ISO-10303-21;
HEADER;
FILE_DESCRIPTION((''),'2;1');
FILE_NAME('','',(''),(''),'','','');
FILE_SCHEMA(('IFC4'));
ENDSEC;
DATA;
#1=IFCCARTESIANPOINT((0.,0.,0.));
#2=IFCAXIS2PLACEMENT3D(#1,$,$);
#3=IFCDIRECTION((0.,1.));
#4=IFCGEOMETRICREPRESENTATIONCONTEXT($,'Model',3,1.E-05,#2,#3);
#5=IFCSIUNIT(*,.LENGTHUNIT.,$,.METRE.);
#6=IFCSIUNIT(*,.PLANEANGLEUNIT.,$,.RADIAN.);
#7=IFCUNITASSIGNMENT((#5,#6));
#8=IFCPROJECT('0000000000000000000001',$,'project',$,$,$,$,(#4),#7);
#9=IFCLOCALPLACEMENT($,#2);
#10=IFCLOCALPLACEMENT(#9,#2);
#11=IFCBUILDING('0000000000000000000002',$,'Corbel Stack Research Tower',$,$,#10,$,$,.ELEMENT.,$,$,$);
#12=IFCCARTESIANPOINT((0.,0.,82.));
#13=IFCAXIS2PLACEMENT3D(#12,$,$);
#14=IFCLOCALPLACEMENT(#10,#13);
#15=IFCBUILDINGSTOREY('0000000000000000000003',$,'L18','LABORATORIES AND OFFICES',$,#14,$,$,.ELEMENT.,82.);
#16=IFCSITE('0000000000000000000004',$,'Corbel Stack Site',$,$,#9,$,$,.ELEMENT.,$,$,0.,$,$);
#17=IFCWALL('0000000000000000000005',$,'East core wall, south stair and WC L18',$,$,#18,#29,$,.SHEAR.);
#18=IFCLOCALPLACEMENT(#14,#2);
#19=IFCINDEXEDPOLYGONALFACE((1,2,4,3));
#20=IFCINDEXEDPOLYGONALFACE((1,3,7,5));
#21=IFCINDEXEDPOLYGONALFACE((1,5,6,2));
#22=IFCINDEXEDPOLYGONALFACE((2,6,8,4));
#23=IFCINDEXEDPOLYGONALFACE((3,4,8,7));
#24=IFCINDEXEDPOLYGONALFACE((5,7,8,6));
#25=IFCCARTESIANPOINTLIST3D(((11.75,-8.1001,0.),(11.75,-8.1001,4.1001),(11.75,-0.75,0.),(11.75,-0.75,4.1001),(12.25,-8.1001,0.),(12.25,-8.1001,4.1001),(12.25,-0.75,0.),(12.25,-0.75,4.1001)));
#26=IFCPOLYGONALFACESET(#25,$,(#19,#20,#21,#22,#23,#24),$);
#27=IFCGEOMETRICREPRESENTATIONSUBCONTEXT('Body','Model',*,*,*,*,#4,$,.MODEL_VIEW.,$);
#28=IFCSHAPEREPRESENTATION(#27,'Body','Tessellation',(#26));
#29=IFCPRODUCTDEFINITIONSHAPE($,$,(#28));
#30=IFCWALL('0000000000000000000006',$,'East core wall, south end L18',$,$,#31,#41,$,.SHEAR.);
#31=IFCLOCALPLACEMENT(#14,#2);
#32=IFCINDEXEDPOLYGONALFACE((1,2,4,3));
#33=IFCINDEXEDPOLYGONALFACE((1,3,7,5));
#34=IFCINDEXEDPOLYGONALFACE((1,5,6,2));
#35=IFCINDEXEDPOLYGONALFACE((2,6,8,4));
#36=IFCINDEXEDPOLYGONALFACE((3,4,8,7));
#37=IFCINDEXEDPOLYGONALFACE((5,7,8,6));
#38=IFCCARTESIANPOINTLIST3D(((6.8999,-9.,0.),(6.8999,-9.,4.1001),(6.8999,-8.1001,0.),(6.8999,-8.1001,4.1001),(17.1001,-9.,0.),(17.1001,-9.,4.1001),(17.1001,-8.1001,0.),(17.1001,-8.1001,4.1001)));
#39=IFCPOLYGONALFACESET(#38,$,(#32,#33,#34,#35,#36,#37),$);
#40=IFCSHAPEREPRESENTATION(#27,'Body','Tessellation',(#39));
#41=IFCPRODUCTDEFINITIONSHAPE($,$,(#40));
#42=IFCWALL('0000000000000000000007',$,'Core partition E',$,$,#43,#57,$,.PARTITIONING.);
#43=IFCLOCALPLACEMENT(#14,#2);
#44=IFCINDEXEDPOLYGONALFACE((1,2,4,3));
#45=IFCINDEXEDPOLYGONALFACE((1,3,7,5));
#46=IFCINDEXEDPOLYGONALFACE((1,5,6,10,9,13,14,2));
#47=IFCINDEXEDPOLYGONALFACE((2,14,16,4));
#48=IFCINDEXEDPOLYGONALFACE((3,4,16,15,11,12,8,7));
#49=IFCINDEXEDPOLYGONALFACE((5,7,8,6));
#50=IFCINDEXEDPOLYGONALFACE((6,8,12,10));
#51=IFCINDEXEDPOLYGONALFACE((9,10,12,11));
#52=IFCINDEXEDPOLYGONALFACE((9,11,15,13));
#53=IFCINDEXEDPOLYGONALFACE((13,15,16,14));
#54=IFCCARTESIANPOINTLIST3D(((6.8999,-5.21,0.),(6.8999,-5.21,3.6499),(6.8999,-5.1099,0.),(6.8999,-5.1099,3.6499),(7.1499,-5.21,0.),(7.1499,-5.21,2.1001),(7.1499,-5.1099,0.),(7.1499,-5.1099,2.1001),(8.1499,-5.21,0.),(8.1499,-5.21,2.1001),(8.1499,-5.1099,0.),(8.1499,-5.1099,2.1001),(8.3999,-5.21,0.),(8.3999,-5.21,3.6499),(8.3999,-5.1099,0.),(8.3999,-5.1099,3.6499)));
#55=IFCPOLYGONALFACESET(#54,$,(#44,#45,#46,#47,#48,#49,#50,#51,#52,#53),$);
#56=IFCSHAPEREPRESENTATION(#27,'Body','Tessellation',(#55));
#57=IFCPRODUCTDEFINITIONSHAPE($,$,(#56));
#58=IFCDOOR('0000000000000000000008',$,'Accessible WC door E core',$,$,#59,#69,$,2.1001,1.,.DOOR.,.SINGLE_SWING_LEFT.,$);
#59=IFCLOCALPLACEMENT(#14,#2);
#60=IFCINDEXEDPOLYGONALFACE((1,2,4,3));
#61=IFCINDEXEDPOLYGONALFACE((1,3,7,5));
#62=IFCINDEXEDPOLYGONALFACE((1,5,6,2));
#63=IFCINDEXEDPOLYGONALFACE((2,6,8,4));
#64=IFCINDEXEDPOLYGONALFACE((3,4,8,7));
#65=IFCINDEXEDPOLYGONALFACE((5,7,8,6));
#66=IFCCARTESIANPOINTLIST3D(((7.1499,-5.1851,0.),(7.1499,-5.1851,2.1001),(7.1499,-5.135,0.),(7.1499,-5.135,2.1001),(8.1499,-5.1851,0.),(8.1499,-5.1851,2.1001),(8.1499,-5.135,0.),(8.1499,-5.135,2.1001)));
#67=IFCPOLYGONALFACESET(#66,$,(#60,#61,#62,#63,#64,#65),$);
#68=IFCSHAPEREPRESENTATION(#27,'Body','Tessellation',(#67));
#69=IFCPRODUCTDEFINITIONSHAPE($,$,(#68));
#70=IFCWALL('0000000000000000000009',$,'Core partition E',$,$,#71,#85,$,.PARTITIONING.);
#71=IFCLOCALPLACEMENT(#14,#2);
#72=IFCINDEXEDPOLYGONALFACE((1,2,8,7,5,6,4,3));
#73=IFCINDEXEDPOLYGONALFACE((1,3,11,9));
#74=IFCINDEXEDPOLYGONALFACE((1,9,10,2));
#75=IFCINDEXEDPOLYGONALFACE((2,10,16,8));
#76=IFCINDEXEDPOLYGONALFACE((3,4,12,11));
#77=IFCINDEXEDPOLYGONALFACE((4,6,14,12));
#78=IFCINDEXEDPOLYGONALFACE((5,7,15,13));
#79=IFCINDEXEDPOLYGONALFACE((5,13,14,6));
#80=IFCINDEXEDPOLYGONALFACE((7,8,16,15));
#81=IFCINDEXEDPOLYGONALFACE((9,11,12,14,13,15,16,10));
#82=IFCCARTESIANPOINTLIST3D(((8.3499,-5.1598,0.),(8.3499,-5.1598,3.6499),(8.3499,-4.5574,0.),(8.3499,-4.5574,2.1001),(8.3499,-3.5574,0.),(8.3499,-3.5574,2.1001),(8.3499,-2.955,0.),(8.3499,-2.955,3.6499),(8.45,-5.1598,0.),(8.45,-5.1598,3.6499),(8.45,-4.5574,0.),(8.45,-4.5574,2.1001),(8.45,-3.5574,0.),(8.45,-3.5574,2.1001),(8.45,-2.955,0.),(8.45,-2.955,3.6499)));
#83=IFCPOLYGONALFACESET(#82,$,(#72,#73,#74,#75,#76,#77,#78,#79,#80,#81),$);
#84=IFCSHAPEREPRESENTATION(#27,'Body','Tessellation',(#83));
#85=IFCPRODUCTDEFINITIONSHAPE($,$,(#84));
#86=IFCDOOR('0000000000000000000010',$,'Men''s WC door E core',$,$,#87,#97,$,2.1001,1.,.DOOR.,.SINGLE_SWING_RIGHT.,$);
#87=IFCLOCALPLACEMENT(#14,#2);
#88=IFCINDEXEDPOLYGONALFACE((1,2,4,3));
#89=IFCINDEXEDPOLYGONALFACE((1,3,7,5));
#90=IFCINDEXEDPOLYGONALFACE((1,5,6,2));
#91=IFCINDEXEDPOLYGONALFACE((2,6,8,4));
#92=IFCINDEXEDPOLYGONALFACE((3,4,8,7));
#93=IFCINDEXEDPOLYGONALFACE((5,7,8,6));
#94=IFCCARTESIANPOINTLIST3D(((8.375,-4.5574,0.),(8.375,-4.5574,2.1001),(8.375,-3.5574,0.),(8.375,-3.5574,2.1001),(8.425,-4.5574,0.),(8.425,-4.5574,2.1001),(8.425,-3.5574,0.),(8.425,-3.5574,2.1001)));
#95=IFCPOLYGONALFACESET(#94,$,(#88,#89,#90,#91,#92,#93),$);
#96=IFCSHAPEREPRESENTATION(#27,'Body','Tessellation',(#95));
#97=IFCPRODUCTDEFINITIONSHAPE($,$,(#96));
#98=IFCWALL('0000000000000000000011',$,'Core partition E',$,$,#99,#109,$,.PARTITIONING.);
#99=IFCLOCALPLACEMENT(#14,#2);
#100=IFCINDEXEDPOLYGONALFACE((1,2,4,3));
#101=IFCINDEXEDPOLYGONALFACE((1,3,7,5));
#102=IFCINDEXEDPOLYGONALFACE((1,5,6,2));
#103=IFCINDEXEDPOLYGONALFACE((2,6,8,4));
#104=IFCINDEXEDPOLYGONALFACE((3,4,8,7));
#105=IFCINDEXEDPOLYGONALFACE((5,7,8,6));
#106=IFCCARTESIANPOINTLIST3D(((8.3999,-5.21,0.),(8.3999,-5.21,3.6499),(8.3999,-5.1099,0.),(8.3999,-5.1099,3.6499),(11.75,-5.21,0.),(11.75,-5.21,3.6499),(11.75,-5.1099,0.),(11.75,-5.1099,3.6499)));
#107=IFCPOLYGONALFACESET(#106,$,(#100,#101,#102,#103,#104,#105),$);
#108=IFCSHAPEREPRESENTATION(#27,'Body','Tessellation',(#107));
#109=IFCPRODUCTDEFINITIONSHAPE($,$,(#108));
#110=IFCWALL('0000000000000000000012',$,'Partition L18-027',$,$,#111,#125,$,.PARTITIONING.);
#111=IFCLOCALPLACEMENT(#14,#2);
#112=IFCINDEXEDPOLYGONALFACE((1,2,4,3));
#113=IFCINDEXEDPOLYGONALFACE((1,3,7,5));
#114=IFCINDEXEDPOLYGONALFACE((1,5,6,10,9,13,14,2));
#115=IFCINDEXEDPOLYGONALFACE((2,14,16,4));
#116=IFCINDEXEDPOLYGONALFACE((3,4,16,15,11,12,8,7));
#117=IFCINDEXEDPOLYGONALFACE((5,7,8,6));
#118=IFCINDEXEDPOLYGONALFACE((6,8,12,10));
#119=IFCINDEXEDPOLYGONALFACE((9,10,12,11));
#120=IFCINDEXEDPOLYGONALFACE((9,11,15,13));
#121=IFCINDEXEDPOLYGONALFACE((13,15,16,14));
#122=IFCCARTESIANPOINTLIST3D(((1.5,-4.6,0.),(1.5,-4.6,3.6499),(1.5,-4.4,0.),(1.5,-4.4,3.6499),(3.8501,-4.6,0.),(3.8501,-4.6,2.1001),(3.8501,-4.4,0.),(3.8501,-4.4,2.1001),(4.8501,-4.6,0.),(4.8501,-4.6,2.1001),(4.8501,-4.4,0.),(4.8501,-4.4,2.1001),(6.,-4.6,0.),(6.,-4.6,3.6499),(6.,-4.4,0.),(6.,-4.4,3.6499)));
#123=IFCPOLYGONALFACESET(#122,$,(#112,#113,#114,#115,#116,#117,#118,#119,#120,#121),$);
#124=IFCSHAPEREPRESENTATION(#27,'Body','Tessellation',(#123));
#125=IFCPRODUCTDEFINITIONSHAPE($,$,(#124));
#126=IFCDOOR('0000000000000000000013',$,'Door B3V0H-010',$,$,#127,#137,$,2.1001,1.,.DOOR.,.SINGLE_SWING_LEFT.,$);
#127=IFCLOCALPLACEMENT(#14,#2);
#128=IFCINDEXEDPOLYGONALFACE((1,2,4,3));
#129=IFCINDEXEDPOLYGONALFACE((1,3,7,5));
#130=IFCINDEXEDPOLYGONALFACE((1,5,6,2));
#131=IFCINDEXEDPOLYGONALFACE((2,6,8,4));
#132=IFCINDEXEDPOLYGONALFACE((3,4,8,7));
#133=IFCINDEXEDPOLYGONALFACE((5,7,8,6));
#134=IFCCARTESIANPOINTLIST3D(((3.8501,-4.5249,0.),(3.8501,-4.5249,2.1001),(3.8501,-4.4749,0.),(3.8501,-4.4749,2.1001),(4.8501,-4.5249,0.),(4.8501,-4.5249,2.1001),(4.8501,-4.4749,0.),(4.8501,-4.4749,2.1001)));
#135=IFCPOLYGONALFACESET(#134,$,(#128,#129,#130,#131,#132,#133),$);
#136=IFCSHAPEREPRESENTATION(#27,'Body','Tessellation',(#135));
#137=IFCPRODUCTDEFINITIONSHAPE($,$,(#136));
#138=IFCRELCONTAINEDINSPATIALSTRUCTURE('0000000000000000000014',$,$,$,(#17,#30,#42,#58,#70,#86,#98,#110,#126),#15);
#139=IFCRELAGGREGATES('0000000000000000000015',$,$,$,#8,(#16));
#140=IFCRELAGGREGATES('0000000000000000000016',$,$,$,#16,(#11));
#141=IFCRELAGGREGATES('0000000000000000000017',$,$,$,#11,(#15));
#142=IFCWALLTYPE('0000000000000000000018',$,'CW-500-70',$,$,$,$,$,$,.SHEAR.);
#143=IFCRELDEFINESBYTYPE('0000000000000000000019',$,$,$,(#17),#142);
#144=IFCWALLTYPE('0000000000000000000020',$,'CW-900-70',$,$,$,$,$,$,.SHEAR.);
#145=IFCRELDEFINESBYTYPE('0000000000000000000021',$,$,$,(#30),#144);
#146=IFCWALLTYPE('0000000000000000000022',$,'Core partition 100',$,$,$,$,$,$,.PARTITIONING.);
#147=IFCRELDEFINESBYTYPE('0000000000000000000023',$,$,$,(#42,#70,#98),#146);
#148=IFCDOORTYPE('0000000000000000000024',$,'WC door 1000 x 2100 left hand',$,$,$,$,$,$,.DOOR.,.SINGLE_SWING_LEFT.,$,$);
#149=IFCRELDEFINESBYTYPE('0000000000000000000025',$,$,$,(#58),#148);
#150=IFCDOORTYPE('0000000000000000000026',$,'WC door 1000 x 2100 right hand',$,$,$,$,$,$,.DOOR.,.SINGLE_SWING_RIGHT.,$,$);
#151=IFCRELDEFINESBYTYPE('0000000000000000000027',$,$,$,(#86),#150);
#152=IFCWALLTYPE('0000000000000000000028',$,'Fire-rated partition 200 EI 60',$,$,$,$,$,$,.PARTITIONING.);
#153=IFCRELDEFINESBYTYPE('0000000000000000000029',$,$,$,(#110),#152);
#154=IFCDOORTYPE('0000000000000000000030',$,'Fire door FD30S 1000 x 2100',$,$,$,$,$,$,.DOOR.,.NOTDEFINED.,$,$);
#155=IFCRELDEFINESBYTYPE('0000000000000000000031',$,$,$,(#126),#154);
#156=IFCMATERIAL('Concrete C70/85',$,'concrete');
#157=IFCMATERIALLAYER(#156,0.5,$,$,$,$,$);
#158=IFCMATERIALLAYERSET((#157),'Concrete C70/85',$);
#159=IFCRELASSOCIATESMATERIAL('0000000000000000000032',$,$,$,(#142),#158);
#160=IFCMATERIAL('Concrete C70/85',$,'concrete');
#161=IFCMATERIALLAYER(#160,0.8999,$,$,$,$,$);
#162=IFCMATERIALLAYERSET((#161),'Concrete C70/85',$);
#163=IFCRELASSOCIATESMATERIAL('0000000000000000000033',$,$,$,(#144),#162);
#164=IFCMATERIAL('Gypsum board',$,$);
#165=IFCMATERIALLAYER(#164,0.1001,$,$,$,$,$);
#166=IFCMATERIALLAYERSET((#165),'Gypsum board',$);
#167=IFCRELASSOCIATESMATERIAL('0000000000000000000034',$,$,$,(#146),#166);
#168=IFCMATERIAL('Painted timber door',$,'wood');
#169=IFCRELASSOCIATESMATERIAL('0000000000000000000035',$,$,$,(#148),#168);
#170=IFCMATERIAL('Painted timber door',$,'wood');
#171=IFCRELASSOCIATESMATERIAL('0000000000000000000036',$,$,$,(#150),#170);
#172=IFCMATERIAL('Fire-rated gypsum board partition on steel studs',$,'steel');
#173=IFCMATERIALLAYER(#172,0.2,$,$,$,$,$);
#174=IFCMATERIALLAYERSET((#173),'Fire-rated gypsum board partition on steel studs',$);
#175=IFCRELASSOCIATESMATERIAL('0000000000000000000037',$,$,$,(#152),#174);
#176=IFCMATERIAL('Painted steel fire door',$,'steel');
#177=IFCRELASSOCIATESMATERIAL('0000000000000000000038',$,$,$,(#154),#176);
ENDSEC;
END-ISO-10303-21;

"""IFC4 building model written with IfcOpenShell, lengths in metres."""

from ifc_helpers import new_model, si_unit, direction, frame, frame_2d, origin, place, context, subcontext, project, spatial, rectangle, extrude, material, layer, layer_set, type_object, element, fill, save


model = new_model("IFC4")

# Units and contexts
model_context = context("Model", 3, precision=1e-05, world=origin(), true_north=direction((0.0, 1.0)))
body_context = subcontext(model_context, "Body", "Model", "MODEL_VIEW")
ifc_project = project(units=[si_unit("LENGTHUNIT", "METRE"), si_unit("PLANEANGLEUNIT", "RADIAN")], contexts=[model_context])

# Site, building, storey
site_placement = place(None, origin())
site = spatial("IfcSite", under=ifc_project, at=site_placement, Name="Corbel Stack Site", CompositionType="ELEMENT", RefElevation=0.0)
building_placement = place(site_placement, origin())
building = spatial("IfcBuilding", under=site, at=building_placement, Name="Corbel Stack Research Tower", CompositionType="ELEMENT")
storey_placement = place(building_placement, frame((0.0, 0.0, 82.0)))
storey = spatial("IfcBuildingStorey", under=building, at=storey_placement, Name="L18", Description="LABORATORIES AND OFFICES", CompositionType="ELEMENT", Elevation=82.0)

# Wall
ifc_material_1 = material(Name="Concrete C70/85", Category="concrete")
ifc_layer_1 = layer(ifc_material_1, 0.5)
ifc_layer_set_1 = layer_set([ifc_layer_1], Name="Concrete C70/85")
wall_type_1 = type_object("IfcWallType", Name="CW-500-70", PredefinedType="SHEAR", material=ifc_layer_set_1)
wall_1_placement = place(storey_placement, frame((12.0, -8.1001, 0.0), z_axis=(0.0, 0.0, 1.0), x_axis=(0.0, 1.0, 0.0)))
element("IfcWall", 1, at=wall_1_placement, inside=storey, type_object=wall_type_1, Name="East core wall, south stair and WC L18", PredefinedType="SHEAR", context=body_context, shape_type="SweptSolid", body=[
    extrude(rectangle(XDim=7.3501, YDim=0.5, at=frame_2d((3.675, 0.0))), origin(), (0.0, 0.0, 1.0), 4.1001),
])

# Shared definitions
ifc_material_2 = material(Name="Concrete C70/85", Category="concrete")
ifc_layer_2 = layer(ifc_material_2, 0.8999)
ifc_layer_set_2 = layer_set([ifc_layer_2], Name="Concrete C70/85")
wall_type_2 = type_object("IfcWallType", Name="CW-900-70", PredefinedType="SHEAR", material=ifc_layer_set_2)

# Wall
wall_2_placement = place(storey_placement, frame((6.8999, -8.55, 0.0), z_axis=(0.0, 0.0, 1.0), x_axis=(1.0, 0.0, 0.0)))
element("IfcWall", 2, at=wall_2_placement, inside=storey, type_object=wall_type_2, Name="East core wall, south end L18", PredefinedType="SHEAR", context=body_context, shape_type="SweptSolid", body=[
    extrude(rectangle(XDim=10.2002, YDim=0.8999, at=frame_2d((5.1001, 0.0))), origin(), (0.0, 0.0, 1.0), 4.1001),
])

# Walls, openings, doors
ifc_material_3 = material(Name="Gypsum board")
ifc_layer_3 = layer(ifc_material_3, 0.1001)
ifc_layer_set_3 = layer_set([ifc_layer_3], Name="Gypsum board")
wall_type_3 = type_object("IfcWallType", Name="Core partition 100", PredefinedType="PARTITIONING", material=ifc_layer_set_3)
wall_3_placement = place(storey_placement, frame((6.8999, -5.1599, 0.0), z_axis=(0.0, 0.0, 1.0), x_axis=(1.0, 0.0, 0.0)))
wall_3 = element("IfcWall", 3, at=wall_3_placement, inside=storey, type_object=wall_type_3, Name="Core partition E", PredefinedType="PARTITIONING", context=body_context, shape_type="SweptSolid", body=[
    extrude(rectangle(XDim=1.5, YDim=0.1001, at=frame_2d((0.75, 0.0))), origin(), (0.0, 0.0, 1.0), 3.6499),
])
opening_1_placement = place(wall_3_placement, frame((0.25, 0.0, 0.0)))
opening_1 = element("IfcOpeningElement", 4, at=opening_1_placement, cuts=wall_3, PredefinedType="OPENING", context=body_context, shape_type="SweptSolid", body=[
    extrude(rectangle(XDim=1.0, YDim=2.1001, at=frame_2d((0.5, 1.05))), frame((0.0, 0.0601, 0.0), z_axis=(0.0, -1.0, 0.0), x_axis=(1.0, 0.0, 0.0)), (0.0, 0.0, 1.0), 0.1201),
])
ifc_material_4 = material(Name="Painted timber door", Category="wood")
door_type_1 = type_object("IfcDoorType", Name="WC door 1000 x 2100 left hand", OperationType="SINGLE_SWING_LEFT", PredefinedType="DOOR", material=ifc_material_4)
door_1_placement = place(opening_1_placement, origin())
door_1 = element("IfcDoor", 5, at=door_1_placement, inside=storey, type_object=door_type_1, Name="Accessible WC door E core", OperationType="SINGLE_SWING_LEFT", OverallHeight=2.1001, OverallWidth=1.0, PredefinedType="DOOR", context=body_context, shape_type="SweptSolid", body=[
    extrude(rectangle(XDim=1.0, YDim=2.1001, at=frame_2d((0.5, 1.05))), frame((0.0, 0.0249, 0.0), z_axis=(0.0, -1.0, 0.0), x_axis=(1.0, 0.0, 0.0)), (0.0, 0.0, 1.0), 0.05),
])
fill(opening_1, door_1)
wall_4_placement = place(storey_placement, frame((8.3999, -5.1599, 0.0), z_axis=(0.0, 0.0, 1.0), x_axis=(0.0, 1.0, 0.0)))
wall_4 = element("IfcWall", 6, at=wall_4_placement, inside=storey, type_object=wall_type_3, Name="Core partition E", PredefinedType="PARTITIONING", context=body_context, shape_type="SweptSolid", body=[
    extrude(rectangle(XDim=2.2048, YDim=0.1001, at=frame_2d((1.1025, 0.0))), origin(), (0.0, 0.0, 1.0), 3.6499),
])
opening_2_placement = place(wall_4_placement, frame((0.6025, 0.0, 0.0)))
opening_2 = element("IfcOpeningElement", 7, at=opening_2_placement, cuts=wall_4, PredefinedType="OPENING", context=body_context, shape_type="SweptSolid", body=[
    extrude(rectangle(XDim=1.0, YDim=2.1001, at=frame_2d((0.5, 1.05))), frame((0.0, 0.0601, 0.0), z_axis=(0.0, -1.0, 0.0), x_axis=(1.0, 0.0, 0.0)), (0.0, 0.0, 1.0), 0.1201),
])
ifc_material_5 = material(Name="Painted timber door", Category="wood")
door_type_2 = type_object("IfcDoorType", Name="WC door 1000 x 2100 right hand", OperationType="SINGLE_SWING_RIGHT", PredefinedType="DOOR", material=ifc_material_5)
door_2_placement = place(opening_2_placement, origin())
door_2 = element("IfcDoor", 8, at=door_2_placement, inside=storey, type_object=door_type_2, Name="Men's WC door E core", OperationType="SINGLE_SWING_RIGHT", OverallHeight=2.1001, OverallWidth=1.0, PredefinedType="DOOR", context=body_context, shape_type="SweptSolid", body=[
    extrude(rectangle(XDim=1.0, YDim=2.1001, at=frame_2d((0.5, 1.05))), frame((0.0, 0.0249, 0.0), z_axis=(0.0, -1.0, 0.0), x_axis=(1.0, 0.0, 0.0)), (0.0, 0.0, 1.0), 0.05),
])
fill(opening_2, door_2)

# Wall
wall_5_placement = place(storey_placement, frame((8.3999, -5.1599, 0.0), z_axis=(0.0, 0.0, 1.0), x_axis=(1.0, 0.0, 0.0)))
element("IfcWall", 9, at=wall_5_placement, inside=storey, type_object=wall_type_3, Name="Core partition E", PredefinedType="PARTITIONING", context=body_context, shape_type="SweptSolid", body=[
    extrude(rectangle(XDim=3.3501, YDim=0.1001, at=frame_2d((1.675, 0.0))), origin(), (0.0, 0.0, 1.0), 3.6499),
])

# Wall, opening, door
ifc_material_6 = material(Name="Fire-rated gypsum board partition on steel studs", Category="steel")
ifc_layer_4 = layer(ifc_material_6, 0.2)
ifc_layer_set_4 = layer_set([ifc_layer_4], Name="Fire-rated gypsum board partition on steel studs")
wall_type_4 = type_object("IfcWallType", Name="Fire-rated partition 200 EI 60", PredefinedType="PARTITIONING", material=ifc_layer_set_4)
wall_6_placement = place(storey_placement, frame((6.0, -4.5, 0.0), z_axis=(0.0, 0.0, 1.0), x_axis=(-1.0, 0.0, 0.0)))
wall_6 = element("IfcWall", 10, at=wall_6_placement, inside=storey, type_object=wall_type_4, Name="Partition L18-027", PredefinedType="PARTITIONING", context=body_context, shape_type="SweptSolid", body=[
    extrude(rectangle(XDim=4.5, YDim=0.2, at=frame_2d((2.25, 0.0))), origin(), (0.0, 0.0, 1.0), 3.6499),
])
opening_3_placement = place(wall_6_placement, frame((1.1499, 0.0, 0.0)))
opening_3 = element("IfcOpeningElement", 11, at=opening_3_placement, cuts=wall_6, PredefinedType="OPENING", context=body_context, shape_type="SweptSolid", body=[
    extrude(rectangle(XDim=1.0, YDim=2.1001, at=frame_2d((0.5, 1.05))), frame((0.0, 0.1099, 0.0), z_axis=(0.0, -1.0, 0.0), x_axis=(1.0, 0.0, 0.0)), (0.0, 0.0, 1.0), 0.22),
])
ifc_material_7 = material(Name="Painted steel fire door", Category="steel")
door_type_3 = type_object("IfcDoorType", Name="Fire door FD30S 1000 x 2100", OperationType="NOTDEFINED", PredefinedType="DOOR", material=ifc_material_7)
door_3_placement = place(opening_3_placement, origin())
door_3 = element("IfcDoor", 12, at=door_3_placement, inside=storey, type_object=door_type_3, Name="Door B3V0H-010", OperationType="SINGLE_SWING_LEFT", OverallHeight=2.1001, OverallWidth=1.0, PredefinedType="DOOR", context=body_context, shape_type="SweptSolid", body=[
    extrude(rectangle(XDim=1.0, YDim=2.1001, at=frame_2d((0.5, 1.05))), frame((0.0, 0.0249, 0.0), z_axis=(0.0, -1.0, 0.0), x_axis=(1.0, 0.0, 0.0)), (0.0, 0.0, 1.0), 0.05),
])
fill(opening_3, door_3)

save(model, "model.ifc")
